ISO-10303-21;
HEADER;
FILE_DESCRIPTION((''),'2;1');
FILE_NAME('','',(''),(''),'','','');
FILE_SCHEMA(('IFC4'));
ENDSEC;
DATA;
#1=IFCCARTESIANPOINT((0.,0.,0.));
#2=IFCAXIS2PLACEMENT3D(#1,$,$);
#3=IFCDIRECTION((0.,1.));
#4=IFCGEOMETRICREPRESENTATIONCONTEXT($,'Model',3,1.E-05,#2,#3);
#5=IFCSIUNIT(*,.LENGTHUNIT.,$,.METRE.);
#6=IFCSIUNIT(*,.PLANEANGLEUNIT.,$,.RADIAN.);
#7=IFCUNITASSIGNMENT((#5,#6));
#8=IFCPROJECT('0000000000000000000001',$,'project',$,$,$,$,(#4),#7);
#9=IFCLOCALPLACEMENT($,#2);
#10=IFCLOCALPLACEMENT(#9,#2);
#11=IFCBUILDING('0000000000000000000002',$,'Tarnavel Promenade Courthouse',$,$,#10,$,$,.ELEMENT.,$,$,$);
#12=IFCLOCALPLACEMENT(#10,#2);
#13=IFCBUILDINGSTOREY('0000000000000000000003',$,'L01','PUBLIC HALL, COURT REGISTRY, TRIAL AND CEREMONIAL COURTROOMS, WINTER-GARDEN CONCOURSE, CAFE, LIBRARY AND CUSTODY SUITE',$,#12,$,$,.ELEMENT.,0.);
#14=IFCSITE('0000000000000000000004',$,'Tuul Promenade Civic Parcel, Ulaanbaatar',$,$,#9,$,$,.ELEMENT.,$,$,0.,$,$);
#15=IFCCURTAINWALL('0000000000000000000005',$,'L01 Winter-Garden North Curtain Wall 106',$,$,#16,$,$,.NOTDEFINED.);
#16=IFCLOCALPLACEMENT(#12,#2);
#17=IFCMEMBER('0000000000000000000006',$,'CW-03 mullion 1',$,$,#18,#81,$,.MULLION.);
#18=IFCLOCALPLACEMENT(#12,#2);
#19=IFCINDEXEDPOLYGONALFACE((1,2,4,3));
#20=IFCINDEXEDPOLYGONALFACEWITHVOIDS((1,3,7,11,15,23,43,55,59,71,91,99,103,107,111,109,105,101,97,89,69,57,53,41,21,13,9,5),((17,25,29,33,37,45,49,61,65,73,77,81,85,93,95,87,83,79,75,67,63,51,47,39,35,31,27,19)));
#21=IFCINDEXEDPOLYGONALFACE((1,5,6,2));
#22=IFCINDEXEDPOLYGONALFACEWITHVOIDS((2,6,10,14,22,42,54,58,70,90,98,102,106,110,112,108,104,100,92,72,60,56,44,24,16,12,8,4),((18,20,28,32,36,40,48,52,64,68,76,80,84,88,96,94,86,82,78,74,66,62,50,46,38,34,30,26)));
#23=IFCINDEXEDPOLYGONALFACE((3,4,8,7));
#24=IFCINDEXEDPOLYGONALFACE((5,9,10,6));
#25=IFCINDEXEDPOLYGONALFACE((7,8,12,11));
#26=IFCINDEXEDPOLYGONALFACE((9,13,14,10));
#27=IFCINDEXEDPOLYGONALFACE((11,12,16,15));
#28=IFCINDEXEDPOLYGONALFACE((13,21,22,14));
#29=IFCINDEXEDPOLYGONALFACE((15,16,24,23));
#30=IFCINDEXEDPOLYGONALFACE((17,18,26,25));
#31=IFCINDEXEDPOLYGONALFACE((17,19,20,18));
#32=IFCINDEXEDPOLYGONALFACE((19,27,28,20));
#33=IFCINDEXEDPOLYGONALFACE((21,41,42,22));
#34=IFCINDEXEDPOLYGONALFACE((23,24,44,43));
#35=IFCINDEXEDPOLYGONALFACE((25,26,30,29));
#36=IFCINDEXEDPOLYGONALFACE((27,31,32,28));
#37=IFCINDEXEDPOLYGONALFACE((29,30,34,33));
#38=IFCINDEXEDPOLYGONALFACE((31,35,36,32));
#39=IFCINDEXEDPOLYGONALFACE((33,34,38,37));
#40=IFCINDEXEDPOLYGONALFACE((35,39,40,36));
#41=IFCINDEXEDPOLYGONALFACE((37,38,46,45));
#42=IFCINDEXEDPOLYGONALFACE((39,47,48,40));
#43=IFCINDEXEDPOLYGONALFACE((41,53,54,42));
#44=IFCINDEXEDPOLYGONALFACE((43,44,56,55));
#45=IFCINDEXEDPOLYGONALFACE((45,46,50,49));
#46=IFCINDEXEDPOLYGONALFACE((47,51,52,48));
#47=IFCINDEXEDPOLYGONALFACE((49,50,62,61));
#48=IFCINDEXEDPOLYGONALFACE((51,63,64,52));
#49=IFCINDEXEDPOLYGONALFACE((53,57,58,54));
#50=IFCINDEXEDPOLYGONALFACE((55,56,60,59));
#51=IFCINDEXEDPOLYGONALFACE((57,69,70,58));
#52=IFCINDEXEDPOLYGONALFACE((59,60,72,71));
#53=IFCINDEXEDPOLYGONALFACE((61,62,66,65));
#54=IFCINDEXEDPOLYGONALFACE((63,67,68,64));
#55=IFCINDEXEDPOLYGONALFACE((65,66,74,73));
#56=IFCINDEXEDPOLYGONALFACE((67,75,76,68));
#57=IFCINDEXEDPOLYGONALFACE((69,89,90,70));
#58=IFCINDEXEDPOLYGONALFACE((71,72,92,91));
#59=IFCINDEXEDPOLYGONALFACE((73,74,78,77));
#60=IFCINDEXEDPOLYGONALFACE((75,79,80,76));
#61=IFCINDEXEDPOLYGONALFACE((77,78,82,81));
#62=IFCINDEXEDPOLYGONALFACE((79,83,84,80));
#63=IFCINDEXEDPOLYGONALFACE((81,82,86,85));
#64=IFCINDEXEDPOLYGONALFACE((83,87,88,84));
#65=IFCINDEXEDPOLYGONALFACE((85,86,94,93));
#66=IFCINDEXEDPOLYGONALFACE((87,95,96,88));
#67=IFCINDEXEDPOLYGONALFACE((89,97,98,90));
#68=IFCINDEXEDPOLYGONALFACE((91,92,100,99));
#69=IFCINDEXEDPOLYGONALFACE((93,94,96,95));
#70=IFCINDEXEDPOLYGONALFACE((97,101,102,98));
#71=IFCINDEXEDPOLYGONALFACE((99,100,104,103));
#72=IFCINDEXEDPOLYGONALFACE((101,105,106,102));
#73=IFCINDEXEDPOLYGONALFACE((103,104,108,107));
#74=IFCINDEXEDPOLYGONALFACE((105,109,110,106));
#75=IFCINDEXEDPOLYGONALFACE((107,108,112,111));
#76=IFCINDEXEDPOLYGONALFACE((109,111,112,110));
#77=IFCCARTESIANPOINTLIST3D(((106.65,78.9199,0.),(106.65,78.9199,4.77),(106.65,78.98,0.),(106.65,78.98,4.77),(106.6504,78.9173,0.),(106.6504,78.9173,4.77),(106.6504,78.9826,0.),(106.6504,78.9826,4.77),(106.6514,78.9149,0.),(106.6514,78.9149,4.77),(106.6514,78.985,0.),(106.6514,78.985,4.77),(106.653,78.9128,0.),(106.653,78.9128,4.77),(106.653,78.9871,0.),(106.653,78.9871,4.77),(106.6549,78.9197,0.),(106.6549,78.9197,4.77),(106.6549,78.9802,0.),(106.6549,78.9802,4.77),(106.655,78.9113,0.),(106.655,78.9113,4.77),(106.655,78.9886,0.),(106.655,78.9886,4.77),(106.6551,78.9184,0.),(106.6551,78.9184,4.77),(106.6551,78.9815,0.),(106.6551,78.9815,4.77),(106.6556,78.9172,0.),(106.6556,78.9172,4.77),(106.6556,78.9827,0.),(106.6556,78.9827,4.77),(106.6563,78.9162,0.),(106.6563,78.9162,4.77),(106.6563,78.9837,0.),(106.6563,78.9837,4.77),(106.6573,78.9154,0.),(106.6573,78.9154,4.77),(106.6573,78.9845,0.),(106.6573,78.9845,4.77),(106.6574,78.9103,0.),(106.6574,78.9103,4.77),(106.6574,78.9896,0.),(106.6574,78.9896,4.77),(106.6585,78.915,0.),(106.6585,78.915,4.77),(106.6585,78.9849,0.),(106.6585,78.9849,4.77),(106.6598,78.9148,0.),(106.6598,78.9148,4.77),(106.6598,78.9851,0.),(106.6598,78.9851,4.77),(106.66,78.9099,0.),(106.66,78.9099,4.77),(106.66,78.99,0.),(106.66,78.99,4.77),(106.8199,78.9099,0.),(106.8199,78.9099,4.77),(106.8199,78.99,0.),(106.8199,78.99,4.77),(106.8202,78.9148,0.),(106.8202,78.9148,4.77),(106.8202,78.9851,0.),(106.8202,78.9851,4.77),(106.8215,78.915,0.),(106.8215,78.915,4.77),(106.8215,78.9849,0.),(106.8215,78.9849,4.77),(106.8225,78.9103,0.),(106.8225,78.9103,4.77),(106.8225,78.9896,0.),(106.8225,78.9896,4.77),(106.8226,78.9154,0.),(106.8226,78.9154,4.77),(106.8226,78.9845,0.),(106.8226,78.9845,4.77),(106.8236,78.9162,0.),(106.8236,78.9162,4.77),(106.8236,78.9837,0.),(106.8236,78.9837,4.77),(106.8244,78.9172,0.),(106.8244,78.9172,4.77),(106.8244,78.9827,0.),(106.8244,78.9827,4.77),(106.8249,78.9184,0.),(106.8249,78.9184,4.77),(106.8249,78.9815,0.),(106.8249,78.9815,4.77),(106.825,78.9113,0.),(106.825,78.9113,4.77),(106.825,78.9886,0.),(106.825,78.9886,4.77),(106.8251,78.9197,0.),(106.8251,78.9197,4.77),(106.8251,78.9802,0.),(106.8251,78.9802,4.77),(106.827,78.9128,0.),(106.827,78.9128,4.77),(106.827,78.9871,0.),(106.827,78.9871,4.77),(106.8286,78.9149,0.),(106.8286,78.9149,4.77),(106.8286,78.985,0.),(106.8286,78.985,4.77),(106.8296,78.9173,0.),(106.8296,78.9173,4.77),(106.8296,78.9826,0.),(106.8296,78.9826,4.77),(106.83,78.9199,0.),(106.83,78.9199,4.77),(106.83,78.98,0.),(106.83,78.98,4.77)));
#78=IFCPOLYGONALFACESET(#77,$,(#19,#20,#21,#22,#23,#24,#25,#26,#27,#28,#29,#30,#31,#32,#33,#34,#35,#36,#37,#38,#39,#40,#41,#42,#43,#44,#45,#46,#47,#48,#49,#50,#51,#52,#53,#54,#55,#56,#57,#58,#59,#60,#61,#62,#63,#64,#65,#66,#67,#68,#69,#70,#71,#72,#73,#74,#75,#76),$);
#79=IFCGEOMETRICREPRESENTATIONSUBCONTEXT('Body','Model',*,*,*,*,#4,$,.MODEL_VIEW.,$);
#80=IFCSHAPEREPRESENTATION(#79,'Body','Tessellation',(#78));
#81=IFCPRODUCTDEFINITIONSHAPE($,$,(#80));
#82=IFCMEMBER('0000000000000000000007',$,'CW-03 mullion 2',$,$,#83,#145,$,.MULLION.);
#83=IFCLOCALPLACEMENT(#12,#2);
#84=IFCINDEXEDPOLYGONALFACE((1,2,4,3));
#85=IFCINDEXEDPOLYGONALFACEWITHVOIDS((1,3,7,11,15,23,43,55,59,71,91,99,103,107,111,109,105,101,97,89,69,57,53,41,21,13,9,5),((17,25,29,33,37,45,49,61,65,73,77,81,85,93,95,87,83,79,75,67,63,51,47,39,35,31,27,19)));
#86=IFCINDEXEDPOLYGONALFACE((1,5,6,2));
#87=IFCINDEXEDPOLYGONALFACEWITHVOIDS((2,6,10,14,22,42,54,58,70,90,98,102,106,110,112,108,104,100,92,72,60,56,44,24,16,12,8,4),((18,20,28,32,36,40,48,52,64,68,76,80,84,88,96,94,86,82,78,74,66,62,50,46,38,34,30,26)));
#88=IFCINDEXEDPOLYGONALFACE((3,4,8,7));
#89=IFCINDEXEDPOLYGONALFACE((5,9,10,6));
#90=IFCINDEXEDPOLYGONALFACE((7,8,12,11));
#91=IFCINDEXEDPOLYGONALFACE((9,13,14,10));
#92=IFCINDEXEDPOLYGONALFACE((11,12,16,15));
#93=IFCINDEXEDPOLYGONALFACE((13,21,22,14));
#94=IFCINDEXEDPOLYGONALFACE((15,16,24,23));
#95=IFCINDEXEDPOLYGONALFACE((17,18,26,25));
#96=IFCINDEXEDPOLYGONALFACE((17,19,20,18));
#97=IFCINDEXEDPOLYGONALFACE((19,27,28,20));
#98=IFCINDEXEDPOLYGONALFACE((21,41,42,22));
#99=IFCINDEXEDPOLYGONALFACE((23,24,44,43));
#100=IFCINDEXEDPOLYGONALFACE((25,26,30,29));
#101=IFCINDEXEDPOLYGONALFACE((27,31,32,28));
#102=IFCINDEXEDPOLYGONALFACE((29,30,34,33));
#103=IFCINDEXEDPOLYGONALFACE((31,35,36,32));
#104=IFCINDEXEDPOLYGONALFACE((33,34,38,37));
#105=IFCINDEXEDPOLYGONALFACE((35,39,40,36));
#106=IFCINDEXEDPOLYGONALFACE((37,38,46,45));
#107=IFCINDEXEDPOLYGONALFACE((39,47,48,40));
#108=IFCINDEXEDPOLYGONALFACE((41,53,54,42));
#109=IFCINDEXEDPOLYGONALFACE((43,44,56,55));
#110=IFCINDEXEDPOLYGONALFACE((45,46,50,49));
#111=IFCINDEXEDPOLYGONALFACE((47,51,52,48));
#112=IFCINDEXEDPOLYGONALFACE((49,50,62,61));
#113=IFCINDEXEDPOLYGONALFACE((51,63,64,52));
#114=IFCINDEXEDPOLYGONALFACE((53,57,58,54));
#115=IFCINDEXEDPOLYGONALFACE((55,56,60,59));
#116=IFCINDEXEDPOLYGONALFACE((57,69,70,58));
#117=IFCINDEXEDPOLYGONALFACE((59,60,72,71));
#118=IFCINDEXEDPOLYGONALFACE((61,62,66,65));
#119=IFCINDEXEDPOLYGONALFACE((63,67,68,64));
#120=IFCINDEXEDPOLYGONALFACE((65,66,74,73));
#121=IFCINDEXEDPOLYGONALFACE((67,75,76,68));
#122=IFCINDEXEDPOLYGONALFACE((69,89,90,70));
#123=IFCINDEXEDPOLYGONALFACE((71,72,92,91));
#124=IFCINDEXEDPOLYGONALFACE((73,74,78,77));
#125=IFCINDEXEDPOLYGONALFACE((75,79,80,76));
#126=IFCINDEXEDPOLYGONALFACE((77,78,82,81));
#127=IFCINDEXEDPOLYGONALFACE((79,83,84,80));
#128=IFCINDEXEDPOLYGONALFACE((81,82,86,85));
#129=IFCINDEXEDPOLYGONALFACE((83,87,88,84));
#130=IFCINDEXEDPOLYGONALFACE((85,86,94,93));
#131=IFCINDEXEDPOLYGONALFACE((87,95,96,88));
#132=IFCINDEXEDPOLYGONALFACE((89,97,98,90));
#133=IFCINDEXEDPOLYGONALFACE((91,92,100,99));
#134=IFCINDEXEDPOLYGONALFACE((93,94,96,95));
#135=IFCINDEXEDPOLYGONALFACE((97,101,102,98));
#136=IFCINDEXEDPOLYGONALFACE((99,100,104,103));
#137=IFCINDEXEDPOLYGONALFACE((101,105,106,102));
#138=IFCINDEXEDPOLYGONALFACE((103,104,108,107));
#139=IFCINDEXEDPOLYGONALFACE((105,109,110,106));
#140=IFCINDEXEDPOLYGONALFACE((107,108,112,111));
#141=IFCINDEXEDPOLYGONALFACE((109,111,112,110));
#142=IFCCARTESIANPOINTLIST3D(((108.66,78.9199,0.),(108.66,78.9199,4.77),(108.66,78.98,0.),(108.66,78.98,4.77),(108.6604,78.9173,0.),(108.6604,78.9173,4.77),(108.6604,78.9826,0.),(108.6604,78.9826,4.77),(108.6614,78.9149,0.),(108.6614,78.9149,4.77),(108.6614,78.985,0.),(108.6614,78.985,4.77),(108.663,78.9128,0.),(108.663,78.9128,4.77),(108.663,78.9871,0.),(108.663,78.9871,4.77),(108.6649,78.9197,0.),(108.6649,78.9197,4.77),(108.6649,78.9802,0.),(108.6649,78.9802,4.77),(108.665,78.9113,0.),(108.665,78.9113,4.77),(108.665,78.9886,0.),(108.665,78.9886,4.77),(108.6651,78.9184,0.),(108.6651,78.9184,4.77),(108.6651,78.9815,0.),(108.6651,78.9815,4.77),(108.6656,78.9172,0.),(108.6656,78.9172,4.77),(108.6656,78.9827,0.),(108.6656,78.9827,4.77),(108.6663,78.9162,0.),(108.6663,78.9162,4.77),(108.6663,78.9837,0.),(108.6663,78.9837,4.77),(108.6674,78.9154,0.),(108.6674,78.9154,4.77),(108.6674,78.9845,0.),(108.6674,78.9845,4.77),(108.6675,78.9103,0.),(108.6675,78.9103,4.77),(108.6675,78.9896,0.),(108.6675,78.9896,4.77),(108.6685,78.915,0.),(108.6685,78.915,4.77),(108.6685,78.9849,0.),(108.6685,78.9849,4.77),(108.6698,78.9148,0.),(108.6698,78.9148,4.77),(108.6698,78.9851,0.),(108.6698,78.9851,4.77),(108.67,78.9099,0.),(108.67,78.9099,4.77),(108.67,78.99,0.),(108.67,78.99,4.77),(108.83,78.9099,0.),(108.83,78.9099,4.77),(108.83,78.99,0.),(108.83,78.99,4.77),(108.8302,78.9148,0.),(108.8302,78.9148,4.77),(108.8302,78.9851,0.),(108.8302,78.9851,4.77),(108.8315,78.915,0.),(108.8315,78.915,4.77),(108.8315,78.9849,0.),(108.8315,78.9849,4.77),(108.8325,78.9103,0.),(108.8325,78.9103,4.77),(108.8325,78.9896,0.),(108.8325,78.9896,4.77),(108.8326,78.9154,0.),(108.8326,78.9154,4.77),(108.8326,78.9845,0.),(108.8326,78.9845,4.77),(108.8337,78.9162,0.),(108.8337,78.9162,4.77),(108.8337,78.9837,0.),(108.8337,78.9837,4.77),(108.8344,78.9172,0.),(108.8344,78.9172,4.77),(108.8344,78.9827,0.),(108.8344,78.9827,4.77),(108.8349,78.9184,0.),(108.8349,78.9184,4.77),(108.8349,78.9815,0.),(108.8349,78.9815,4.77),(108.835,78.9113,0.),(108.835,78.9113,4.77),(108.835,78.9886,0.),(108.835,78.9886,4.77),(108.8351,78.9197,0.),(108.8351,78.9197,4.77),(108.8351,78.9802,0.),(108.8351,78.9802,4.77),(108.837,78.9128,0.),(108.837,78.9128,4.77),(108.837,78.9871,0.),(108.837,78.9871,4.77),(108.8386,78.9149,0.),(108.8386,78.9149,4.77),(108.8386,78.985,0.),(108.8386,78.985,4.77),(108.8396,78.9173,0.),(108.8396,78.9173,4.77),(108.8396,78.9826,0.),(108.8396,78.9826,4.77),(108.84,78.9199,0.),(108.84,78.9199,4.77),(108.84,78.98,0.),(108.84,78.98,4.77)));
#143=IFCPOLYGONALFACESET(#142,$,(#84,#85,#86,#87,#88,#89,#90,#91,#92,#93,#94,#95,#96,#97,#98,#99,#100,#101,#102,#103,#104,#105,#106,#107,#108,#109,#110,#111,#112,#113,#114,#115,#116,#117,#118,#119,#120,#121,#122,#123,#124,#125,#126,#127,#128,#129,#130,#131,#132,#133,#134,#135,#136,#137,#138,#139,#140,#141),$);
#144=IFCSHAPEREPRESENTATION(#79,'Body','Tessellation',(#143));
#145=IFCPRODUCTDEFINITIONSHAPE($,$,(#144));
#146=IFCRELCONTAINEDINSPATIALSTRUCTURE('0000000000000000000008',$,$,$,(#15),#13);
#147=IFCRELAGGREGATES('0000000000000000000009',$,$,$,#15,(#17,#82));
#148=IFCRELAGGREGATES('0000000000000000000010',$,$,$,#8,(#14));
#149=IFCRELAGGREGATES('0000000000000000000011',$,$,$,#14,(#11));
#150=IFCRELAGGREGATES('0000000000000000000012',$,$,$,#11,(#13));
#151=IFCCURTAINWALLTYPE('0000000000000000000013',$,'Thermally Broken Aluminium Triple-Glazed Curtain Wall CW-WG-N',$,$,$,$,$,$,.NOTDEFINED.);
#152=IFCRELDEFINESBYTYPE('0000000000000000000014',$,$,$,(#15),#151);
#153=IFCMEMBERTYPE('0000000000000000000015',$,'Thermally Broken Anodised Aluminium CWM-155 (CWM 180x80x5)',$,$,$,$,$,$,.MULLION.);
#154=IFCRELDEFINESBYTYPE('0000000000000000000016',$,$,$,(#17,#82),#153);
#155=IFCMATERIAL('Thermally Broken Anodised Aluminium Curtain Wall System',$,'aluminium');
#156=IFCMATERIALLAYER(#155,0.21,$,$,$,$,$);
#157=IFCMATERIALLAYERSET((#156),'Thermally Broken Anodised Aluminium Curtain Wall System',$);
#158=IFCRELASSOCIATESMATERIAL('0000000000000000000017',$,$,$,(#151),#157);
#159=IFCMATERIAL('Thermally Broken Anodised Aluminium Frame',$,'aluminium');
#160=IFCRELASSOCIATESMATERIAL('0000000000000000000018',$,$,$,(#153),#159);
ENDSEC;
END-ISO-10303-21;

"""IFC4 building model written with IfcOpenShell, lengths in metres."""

from ifc_helpers import new_model, si_unit, direction, frame, origin, origin_2d, place, context, subcontext, project, spatial, hollow_rectangle, extrude, material, layer, layer_set, material_profile, profile_set, type_object, element, aggregate, save


model = new_model("IFC4")

# Units and contexts
model_context = context("Model", 3, precision=1e-05, world=origin(), true_north=direction((0.0, 1.0)))
body_context = subcontext(model_context, "Body", "Model", "MODEL_VIEW")
ifc_project = project(units=[si_unit("LENGTHUNIT", "METRE"), si_unit("PLANEANGLEUNIT", "RADIAN")], contexts=[model_context])

# Site, building, storey
site_placement = place(None, origin())
site = spatial("IfcSite", under=ifc_project, at=site_placement, Name="Tuul Promenade Civic Parcel, Ulaanbaatar", CompositionType="ELEMENT", RefElevation=0.0)
building_placement = place(site_placement, origin())
building = spatial("IfcBuilding", under=site, at=building_placement, Name="Tarnavel Promenade Courthouse", CompositionType="ELEMENT")
storey_placement = place(building_placement, origin())
storey = spatial("IfcBuildingStorey", under=building, at=storey_placement, Name="L01", Description="PUBLIC HALL, COURT REGISTRY, TRIAL AND CEREMONIAL COURTROOMS, WINTER-GARDEN CONCOURSE, CAFE, LIBRARY AND CUSTODY SUITE", CompositionType="ELEMENT", Elevation=0.0)

# Curtain wall, members
ifc_material_1 = material(Name="Thermally Broken Anodised Aluminium Curtain Wall System", Category="aluminium")
ifc_layer_1 = layer(ifc_material_1, 0.21)
ifc_layer_set_1 = layer_set([ifc_layer_1], Name="Thermally Broken Anodised Aluminium Curtain Wall System")
curtain_wall_type = type_object("IfcCurtainWallType", Name="Thermally Broken Aluminium Triple-Glazed Curtain Wall CW-WG-N", PredefinedType="NOTDEFINED", material=ifc_layer_set_1)
ifc_material_2 = material(Name="Thermally Broken Anodised Aluminium Frame", Category="aluminium")
ifc_material_profile_1 = material_profile(ifc_material_2, hollow_rectangle(XDim=0.0801, YDim=0.1799, WallThickness=0.0049, InnerFilletRadius=0.0049, OuterFilletRadius=0.01, at=origin_2d()), Name="CWM 180x80x5")
ifc_profile_set_1 = profile_set([ifc_material_profile_1], Name="Thermally Broken Anodised Aluminium Frame")
member_type_1 = type_object("IfcMemberType", Name="Thermally Broken Anodised Aluminium CWM-155 (CWM 180x80x5)", PredefinedType="MULLION", material=ifc_profile_set_1)
curtain_wall_1_placement = place(storey_placement, origin())
curtain_wall_1 = element("IfcCurtainWall", 1, at=curtain_wall_1_placement, inside=storey, type_object=curtain_wall_type, Name="L01 Winter-Garden North Curtain Wall 106", PredefinedType="NOTDEFINED")
member_1_placement = place(storey_placement, frame((106.74, 78.95, 0.0), z_axis=(0.0, 0.0, 1.0), x_axis=(0.0, 1.0, 0.0)))
member_1 = element("IfcMember", 2, at=member_1_placement, type_object=member_type_1, Name="CW-03 mullion 1", PredefinedType="MULLION", context=body_context, shape_type="SweptSolid", body=[
    extrude(hollow_rectangle(XDim=0.0801, YDim=0.1799, WallThickness=0.0049, InnerFilletRadius=0.0049, OuterFilletRadius=0.01, at=origin_2d()), origin(), (0.0, 0.0, 1.0), 4.77),
])
member_2_placement = place(storey_placement, frame((108.75, 78.95, 0.0), z_axis=(0.0, 0.0, 1.0), x_axis=(0.0, 1.0, 0.0)))
member_2 = element("IfcMember", 3, at=member_2_placement, type_object=member_type_1, Name="CW-03 mullion 2", PredefinedType="MULLION", context=body_context, shape_type="SweptSolid", body=[
    extrude(hollow_rectangle(XDim=0.0801, YDim=0.1799, WallThickness=0.0049, InnerFilletRadius=0.0049, OuterFilletRadius=0.01, at=origin_2d()), origin(), (0.0, 0.0, 1.0), 4.77),
])

aggregate(curtain_wall_1, [member_1, member_2])

save(model, "model.ifc")
